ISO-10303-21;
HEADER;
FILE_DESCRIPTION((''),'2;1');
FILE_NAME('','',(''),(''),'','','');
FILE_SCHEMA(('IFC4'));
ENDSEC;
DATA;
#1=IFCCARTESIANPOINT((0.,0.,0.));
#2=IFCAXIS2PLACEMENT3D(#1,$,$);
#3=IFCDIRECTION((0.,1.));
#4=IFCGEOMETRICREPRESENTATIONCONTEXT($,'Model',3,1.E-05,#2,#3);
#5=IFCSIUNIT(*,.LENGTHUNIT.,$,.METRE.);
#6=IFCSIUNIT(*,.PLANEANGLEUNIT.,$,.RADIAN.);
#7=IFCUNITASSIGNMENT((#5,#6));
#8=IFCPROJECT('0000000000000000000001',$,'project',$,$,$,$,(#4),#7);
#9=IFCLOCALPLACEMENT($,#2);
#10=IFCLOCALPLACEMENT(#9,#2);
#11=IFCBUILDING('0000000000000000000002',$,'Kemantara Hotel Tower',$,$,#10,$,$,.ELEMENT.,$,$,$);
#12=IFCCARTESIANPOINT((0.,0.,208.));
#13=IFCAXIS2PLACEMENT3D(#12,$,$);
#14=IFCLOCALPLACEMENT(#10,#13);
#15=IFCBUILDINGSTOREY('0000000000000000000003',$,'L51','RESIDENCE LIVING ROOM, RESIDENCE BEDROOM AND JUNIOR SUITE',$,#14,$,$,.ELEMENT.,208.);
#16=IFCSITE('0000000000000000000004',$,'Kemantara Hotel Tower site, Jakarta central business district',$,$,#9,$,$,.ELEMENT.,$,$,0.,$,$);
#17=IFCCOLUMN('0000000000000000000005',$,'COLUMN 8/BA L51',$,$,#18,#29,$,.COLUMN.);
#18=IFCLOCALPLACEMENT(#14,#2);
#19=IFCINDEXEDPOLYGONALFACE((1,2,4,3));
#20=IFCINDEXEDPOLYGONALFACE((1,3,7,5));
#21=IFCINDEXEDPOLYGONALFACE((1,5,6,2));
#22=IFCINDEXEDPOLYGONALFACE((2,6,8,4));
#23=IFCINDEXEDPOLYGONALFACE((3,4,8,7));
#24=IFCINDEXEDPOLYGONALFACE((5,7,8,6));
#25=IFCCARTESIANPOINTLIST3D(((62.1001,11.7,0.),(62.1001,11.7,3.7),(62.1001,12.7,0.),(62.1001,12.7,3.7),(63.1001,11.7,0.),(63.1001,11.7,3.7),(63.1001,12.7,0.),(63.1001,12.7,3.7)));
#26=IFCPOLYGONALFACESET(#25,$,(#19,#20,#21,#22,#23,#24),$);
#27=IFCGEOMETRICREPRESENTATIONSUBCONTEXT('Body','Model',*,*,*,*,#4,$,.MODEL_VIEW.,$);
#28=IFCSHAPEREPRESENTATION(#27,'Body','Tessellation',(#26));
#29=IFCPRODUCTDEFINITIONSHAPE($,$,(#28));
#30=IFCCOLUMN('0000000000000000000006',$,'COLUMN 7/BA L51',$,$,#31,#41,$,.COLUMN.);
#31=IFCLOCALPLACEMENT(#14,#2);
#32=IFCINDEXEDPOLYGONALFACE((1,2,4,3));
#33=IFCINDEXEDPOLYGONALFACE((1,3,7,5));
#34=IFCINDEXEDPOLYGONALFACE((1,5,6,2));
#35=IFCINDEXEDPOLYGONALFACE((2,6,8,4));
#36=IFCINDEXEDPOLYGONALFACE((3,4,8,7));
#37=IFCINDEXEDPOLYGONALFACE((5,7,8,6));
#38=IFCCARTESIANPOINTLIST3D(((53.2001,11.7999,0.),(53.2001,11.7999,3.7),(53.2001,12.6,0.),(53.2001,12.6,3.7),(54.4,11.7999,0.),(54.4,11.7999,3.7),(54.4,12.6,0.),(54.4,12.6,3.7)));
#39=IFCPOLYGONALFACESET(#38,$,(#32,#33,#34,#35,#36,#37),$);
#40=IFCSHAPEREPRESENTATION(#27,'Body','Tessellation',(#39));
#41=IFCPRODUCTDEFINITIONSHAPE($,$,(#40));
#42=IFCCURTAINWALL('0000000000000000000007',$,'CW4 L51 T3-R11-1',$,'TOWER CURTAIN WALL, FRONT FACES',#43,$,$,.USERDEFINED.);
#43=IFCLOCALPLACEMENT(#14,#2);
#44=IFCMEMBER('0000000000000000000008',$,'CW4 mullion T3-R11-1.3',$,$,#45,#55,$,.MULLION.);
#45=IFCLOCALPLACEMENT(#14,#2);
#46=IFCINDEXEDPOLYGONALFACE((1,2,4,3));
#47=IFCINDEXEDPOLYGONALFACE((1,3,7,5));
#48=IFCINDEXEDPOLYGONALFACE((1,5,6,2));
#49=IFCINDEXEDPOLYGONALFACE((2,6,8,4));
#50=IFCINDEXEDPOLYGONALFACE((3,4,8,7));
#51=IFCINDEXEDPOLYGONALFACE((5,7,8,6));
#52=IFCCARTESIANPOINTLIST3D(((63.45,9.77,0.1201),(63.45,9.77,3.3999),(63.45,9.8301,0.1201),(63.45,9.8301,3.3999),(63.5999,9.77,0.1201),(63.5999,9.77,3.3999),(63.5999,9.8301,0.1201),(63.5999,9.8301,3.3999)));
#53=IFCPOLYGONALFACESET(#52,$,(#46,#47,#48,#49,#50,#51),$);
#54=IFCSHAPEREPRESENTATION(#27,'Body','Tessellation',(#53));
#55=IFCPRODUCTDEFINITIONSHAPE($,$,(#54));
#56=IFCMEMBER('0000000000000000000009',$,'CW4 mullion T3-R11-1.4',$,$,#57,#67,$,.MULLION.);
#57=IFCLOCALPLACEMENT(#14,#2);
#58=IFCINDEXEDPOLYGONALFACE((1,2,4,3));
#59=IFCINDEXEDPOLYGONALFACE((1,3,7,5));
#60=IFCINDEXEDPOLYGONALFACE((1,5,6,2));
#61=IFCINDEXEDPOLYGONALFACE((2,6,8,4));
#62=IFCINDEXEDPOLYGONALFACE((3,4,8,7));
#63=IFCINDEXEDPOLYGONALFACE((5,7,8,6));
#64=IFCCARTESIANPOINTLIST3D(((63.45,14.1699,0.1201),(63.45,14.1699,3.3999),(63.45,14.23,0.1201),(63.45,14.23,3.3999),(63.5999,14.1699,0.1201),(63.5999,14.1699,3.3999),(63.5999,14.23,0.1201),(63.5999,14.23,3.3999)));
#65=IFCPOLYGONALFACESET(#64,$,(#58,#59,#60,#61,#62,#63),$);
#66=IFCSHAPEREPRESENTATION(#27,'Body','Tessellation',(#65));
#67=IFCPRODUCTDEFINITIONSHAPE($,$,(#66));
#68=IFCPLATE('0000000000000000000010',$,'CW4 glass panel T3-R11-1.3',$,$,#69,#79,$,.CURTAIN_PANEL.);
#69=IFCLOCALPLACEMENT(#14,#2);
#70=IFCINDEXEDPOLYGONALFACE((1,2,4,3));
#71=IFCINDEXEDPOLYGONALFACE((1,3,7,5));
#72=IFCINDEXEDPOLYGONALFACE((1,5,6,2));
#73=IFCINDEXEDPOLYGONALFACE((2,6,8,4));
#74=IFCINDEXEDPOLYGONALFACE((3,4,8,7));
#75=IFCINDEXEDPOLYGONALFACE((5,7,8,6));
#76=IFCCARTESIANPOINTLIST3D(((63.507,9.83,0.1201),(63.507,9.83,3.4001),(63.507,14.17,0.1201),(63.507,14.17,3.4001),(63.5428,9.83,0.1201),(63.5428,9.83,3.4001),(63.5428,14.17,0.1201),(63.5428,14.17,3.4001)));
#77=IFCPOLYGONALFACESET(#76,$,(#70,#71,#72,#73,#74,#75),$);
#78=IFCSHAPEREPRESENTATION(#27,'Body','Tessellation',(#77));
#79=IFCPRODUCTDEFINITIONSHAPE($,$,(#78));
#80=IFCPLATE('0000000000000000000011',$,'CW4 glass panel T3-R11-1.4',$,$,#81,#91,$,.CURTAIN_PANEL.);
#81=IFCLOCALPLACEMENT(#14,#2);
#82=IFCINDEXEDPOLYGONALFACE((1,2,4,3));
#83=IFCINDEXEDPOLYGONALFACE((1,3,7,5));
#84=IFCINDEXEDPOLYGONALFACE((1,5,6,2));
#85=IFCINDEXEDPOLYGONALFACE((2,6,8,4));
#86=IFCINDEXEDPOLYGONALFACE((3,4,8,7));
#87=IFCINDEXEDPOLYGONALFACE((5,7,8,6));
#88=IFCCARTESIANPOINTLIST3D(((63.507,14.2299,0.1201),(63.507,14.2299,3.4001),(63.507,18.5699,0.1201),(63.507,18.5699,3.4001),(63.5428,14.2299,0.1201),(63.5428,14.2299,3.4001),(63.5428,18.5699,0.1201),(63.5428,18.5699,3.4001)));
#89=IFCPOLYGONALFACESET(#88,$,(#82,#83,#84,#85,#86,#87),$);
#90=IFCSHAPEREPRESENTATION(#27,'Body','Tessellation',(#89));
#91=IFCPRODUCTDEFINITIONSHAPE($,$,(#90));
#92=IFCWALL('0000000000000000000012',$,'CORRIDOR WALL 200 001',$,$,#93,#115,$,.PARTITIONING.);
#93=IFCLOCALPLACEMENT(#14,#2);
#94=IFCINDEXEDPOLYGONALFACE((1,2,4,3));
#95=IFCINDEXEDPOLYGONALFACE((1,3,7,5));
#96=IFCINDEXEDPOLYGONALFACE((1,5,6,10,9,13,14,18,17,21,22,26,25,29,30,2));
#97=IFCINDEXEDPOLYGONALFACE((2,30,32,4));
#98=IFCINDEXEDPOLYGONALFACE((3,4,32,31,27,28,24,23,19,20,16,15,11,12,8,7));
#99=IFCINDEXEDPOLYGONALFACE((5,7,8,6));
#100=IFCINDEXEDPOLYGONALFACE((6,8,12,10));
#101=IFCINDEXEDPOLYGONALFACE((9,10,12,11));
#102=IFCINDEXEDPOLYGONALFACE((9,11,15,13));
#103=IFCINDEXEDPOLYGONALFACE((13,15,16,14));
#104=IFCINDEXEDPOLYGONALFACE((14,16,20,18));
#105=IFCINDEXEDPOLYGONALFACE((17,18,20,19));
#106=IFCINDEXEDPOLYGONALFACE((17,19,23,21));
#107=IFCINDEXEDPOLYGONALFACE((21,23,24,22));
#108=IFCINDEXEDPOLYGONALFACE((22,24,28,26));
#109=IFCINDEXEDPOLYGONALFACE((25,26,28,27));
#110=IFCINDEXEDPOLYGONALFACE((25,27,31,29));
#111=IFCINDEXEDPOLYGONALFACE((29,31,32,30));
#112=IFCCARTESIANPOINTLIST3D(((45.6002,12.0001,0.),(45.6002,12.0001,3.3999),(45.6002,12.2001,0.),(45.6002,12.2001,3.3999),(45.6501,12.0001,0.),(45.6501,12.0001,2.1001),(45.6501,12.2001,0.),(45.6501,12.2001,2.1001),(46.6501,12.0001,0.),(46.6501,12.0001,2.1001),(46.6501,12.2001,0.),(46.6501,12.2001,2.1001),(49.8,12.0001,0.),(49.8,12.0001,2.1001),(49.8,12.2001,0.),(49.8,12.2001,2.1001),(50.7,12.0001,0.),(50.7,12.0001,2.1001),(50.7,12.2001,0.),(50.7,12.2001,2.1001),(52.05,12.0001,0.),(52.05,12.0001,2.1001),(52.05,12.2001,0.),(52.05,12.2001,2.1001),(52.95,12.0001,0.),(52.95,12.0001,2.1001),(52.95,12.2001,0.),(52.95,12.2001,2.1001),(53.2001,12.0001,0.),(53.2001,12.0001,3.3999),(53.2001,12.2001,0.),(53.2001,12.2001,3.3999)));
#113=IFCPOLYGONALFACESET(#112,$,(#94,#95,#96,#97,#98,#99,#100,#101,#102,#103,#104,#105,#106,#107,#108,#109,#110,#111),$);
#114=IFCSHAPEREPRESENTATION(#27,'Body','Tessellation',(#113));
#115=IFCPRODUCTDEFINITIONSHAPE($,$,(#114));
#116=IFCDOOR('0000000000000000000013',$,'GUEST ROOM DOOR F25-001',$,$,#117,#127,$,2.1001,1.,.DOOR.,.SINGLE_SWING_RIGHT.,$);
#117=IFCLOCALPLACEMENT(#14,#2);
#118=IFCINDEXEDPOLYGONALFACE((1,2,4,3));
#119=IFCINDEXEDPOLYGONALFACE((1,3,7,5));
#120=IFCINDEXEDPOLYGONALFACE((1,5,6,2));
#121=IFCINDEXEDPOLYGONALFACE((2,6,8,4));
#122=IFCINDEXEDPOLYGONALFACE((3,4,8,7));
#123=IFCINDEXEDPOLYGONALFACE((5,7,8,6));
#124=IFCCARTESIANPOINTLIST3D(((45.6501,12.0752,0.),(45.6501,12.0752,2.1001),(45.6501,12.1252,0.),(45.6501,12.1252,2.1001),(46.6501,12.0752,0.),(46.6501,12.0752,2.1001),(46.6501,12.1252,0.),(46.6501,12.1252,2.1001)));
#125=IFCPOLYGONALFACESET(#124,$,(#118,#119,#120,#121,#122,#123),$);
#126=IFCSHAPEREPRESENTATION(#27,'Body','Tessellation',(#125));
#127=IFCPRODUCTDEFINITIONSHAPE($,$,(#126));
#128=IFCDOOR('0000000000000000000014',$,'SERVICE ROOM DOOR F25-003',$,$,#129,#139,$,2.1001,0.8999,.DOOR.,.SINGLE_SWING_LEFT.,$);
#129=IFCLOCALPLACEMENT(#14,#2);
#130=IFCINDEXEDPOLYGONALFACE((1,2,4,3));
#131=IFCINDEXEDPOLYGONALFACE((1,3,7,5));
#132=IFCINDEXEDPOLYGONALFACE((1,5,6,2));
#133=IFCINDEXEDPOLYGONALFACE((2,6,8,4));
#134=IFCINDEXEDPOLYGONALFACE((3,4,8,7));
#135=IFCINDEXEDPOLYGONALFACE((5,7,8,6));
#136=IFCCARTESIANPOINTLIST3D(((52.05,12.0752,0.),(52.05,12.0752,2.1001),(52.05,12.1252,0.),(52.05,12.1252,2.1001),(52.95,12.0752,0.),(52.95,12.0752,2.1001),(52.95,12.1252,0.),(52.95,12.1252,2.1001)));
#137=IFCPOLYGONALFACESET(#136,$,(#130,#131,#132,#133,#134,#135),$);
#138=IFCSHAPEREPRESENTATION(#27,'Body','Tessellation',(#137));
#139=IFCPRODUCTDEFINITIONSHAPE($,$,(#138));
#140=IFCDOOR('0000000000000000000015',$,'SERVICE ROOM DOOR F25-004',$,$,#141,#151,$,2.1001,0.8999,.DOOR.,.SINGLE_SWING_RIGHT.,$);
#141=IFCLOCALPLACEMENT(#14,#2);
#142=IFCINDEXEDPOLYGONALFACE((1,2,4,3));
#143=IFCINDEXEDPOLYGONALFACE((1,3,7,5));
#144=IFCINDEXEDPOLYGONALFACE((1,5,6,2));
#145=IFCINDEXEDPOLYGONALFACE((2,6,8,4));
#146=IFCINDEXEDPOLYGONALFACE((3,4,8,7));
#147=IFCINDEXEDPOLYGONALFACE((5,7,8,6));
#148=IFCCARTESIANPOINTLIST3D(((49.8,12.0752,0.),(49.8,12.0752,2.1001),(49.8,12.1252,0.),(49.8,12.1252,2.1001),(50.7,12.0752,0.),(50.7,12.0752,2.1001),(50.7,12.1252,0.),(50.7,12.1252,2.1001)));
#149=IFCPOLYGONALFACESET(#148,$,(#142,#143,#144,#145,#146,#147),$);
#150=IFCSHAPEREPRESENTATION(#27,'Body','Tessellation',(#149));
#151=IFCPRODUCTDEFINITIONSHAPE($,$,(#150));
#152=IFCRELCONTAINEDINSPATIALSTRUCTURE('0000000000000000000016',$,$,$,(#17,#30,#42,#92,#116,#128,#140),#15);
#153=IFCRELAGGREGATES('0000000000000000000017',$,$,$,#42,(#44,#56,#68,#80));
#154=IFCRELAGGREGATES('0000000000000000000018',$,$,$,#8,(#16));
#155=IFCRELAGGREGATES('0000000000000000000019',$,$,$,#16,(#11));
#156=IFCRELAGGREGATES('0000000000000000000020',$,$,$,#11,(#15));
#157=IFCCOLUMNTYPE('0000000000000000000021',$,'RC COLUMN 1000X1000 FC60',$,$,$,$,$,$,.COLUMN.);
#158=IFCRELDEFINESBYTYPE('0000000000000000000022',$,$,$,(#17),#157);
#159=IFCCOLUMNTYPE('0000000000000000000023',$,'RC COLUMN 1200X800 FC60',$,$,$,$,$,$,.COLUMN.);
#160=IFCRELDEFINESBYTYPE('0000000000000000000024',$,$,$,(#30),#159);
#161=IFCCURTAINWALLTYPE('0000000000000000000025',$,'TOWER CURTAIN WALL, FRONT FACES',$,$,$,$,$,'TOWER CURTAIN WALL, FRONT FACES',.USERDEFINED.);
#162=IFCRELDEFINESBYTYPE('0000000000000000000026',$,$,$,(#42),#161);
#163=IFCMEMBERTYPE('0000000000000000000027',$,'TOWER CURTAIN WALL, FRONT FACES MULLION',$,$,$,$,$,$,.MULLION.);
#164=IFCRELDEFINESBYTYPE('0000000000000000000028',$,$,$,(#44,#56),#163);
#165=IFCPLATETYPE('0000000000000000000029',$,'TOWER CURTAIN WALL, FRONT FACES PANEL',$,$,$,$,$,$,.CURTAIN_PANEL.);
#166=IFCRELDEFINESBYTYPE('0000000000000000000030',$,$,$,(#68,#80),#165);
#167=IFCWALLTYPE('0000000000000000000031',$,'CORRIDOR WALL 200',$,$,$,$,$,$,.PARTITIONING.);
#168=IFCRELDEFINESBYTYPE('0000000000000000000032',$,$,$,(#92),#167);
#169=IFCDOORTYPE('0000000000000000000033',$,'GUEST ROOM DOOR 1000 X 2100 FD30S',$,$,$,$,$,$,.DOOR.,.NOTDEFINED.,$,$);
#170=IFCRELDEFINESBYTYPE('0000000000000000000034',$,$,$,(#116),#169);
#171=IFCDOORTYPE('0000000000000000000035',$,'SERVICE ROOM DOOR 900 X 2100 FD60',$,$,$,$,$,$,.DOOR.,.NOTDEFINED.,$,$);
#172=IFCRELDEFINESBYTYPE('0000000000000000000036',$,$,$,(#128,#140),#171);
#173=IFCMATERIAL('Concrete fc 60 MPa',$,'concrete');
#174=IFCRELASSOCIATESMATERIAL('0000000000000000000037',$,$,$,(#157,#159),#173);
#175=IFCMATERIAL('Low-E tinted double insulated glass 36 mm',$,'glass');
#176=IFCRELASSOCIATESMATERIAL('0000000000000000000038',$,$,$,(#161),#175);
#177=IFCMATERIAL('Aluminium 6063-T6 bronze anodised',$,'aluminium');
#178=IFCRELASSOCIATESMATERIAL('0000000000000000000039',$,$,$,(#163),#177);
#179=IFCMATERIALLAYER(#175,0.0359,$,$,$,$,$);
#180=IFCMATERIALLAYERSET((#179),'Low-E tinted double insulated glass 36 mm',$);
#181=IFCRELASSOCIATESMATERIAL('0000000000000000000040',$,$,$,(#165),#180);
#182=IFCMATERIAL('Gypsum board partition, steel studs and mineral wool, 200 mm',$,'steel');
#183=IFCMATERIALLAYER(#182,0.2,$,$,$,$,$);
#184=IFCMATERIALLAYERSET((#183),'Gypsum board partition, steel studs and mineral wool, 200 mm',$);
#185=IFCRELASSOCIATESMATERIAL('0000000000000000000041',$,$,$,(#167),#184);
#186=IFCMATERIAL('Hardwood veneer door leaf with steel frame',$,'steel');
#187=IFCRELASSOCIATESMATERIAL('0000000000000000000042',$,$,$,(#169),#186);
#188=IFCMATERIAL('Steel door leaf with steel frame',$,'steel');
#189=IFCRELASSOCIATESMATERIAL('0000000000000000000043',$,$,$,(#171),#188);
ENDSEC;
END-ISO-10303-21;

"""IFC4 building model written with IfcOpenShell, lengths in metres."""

from ifc_helpers import new_model, si_unit, direction, frame, frame_2d, origin, origin_2d, place, context, subcontext, project, spatial, rectangle, extrude, source, transform, mapped, material, layer, layer_set, material_profile, profile_set, type_object, element, fill, aggregate, save


model = new_model("IFC4")

# Units and contexts
model_context = context("Model", 3, precision=1e-05, world=origin(), true_north=direction((0.0, 1.0)))
body_context = subcontext(model_context, "Body", "Model", "MODEL_VIEW")
ifc_project = project(units=[si_unit("LENGTHUNIT", "METRE"), si_unit("PLANEANGLEUNIT", "RADIAN")], contexts=[model_context])

# Site, building, storey
site_placement = place(None, origin())
site = spatial("IfcSite", under=ifc_project, at=site_placement, Name="Kemantara Hotel Tower site, Jakarta central business district", CompositionType="ELEMENT", RefElevation=0.0)
building_placement = place(site_placement, origin())
building = spatial("IfcBuilding", under=site, at=building_placement, Name="Kemantara Hotel Tower", CompositionType="ELEMENT")
storey_placement = place(building_placement, frame((0.0, 0.0, 208.0)))
storey = spatial("IfcBuildingStorey", under=building, at=storey_placement, Name="L51", Description="RESIDENCE LIVING ROOM, RESIDENCE BEDROOM AND JUNIOR SUITE", CompositionType="ELEMENT", Elevation=208.0)

# Columns
ifc_material_1 = material(Name="Concrete fc 60 MPa", Category="concrete")
ifc_material_profile_1 = material_profile(ifc_material_1, rectangle(XDim=1.0, YDim=1.0, at=origin_2d()), Name="RC 1000X1000")
ifc_profile_set_1 = profile_set([ifc_material_profile_1], Name="Concrete fc 60 MPa")
column_type_1 = type_object("IfcColumnType", Name="RC COLUMN 1000X1000 FC60", PredefinedType="COLUMN", material=ifc_profile_set_1)
column_1_placement = place(storey_placement, frame((62.6001, 12.2, 0.0), z_axis=(0.0, 0.0, 1.0), x_axis=(1.0, 0.0, 0.0)))
element("IfcColumn", 1, at=column_1_placement, inside=storey, type_object=column_type_1, Name="COLUMN 8/BA L51", PredefinedType="COLUMN", context=body_context, shape_type="SweptSolid", body=[
    extrude(rectangle(XDim=1.0, YDim=1.0, at=origin_2d()), origin(), (0.0, 0.0, 1.0), 3.7),
])
ifc_material_profile_2 = material_profile(ifc_material_1, rectangle(XDim=1.2, YDim=0.8, at=origin_2d()), Name="RC 1200X800")
ifc_profile_set_2 = profile_set([ifc_material_profile_2], Name="Concrete fc 60 MPa")
column_type_2 = type_object("IfcColumnType", Name="RC COLUMN 1200X800 FC60", PredefinedType="COLUMN", material=ifc_profile_set_2)
column_2_placement = place(storey_placement, frame((53.8, 12.2, 0.0), z_axis=(0.0, 0.0, 1.0), x_axis=(1.0, 0.0, 0.0)))
element("IfcColumn", 2, at=column_2_placement, inside=storey, type_object=column_type_2, Name="COLUMN 7/BA L51", PredefinedType="COLUMN", context=body_context, shape_type="SweptSolid", body=[
    extrude(rectangle(XDim=1.2, YDim=0.8, at=origin_2d()), origin(), (0.0, 0.0, 1.0), 3.7),
])

# Curtain wall, members, plates
ifc_material_2 = material(Name="Low-E tinted double insulated glass 36 mm", Category="glass")
curtain_wall_type = type_object("IfcCurtainWallType", Name="TOWER CURTAIN WALL, FRONT FACES", ElementType="TOWER CURTAIN WALL, FRONT FACES", PredefinedType="USERDEFINED", material=ifc_material_2)
curtain_wall_placement = place(storey_placement, origin())
curtain_wall = element("IfcCurtainWall", 3, at=curtain_wall_placement, inside=storey, type_object=curtain_wall_type, Name="CW4 L51 T3-R11-1", ObjectType="TOWER CURTAIN WALL, FRONT FACES", PredefinedType="USERDEFINED")
ifc_material_3 = material(Name="Aluminium 6063-T6 bronze anodised", Category="aluminium")
ifc_material_profile_3 = material_profile(ifc_material_3, rectangle(XDim=0.1499, YDim=0.0601, at=origin_2d()), Name="TOWER CURTAIN WALL, FRONT FACES MULLION")
ifc_profile_set_3 = profile_set([ifc_material_profile_3], Name="Aluminium 6063-T6 bronze anodised")
member_type = type_object("IfcMemberType", Name="TOWER CURTAIN WALL, FRONT FACES MULLION", PredefinedType="MULLION", material=ifc_profile_set_3)
shared_shape_1 = source(origin(), body_context, "Body", "SweptSolid", [
    extrude(rectangle(XDim=0.1499, YDim=0.0601, at=origin_2d()), origin(), (0.0, 0.0, 1.0), 3.2798),
])
member_1_placement = place(storey_placement, frame((63.5249, 9.8, 0.1201), z_axis=(0.0, 0.0, 1.0), x_axis=(-1.0, 0.0, 0.0)))
member_1 = element("IfcMember", 4, at=member_1_placement, type_object=member_type, Name="CW4 mullion T3-R11-1.3", PredefinedType="MULLION", context=body_context, shape_type="MappedRepresentation", body=[
    mapped(shared_shape_1, transform((0.0, 0.0, 0.0))),
])
member_2_placement = place(storey_placement, frame((63.5249, 14.2, 0.1201), z_axis=(0.0, 0.0, 1.0), x_axis=(-1.0, 0.0, 0.0)))
member_2 = element("IfcMember", 5, at=member_2_placement, type_object=member_type, Name="CW4 mullion T3-R11-1.4", PredefinedType="MULLION", context=body_context, shape_type="MappedRepresentation", body=[
    mapped(shared_shape_1, transform((0.0, 0.0, 0.0))),
])
ifc_layer_1 = layer(ifc_material_2, 0.0359)
ifc_layer_set_1 = layer_set([ifc_layer_1], Name="Low-E tinted double insulated glass 36 mm")
plate_type = type_object("IfcPlateType", Name="TOWER CURTAIN WALL, FRONT FACES PANEL", PredefinedType="CURTAIN_PANEL", material=ifc_layer_set_1)
shared_shape_2 = source(origin(), body_context, "Body", "SweptSolid", [
    extrude(rectangle(XDim=4.3401, YDim=0.0359, at=origin_2d()), origin(), (0.0, 0.0, 1.0), 3.28),
])
plate_1_placement = place(storey_placement, frame((63.5249, 12.0, 0.1201), z_axis=(0.0, 0.0, 1.0), x_axis=(0.0, 1.0, 0.0)))
plate_1 = element("IfcPlate", 6, at=plate_1_placement, type_object=plate_type, Name="CW4 glass panel T3-R11-1.3", PredefinedType="CURTAIN_PANEL", context=body_context, shape_type="MappedRepresentation", body=[
    mapped(shared_shape_2, transform((0.0, 0.0, 0.0))),
])
plate_2_placement = place(storey_placement, frame((63.5249, 16.3999, 0.1201), z_axis=(0.0, 0.0, 1.0), x_axis=(0.0, 1.0, 0.0)))
plate_2 = element("IfcPlate", 7, at=plate_2_placement, type_object=plate_type, Name="CW4 glass panel T3-R11-1.4", PredefinedType="CURTAIN_PANEL", context=body_context, shape_type="MappedRepresentation", body=[
    mapped(shared_shape_2, transform((0.0, 0.0, 0.0))),
])
aggregate(curtain_wall, [member_1, member_2, plate_1, plate_2])

# Wall, openings, doors
ifc_material_4 = material(Name="Gypsum board partition, steel studs and mineral wool, 200 mm", Category="steel")
ifc_layer_2 = layer(ifc_material_4, 0.2)
ifc_layer_set_2 = layer_set([ifc_layer_2], Name="Gypsum board partition, steel studs and mineral wool, 200 mm")
wall_type_1 = type_object("IfcWallType", Name="CORRIDOR WALL 200", PredefinedType="PARTITIONING", material=ifc_layer_set_2)
wall_1_placement = place(storey_placement, frame((53.2, 12.1001, 0.0), z_axis=(0.0, 0.0, 1.0), x_axis=(-1.0, 0.0, 0.0)))
wall_1 = element("IfcWall", 8, at=wall_1_placement, inside=storey, type_object=wall_type_1, Name="CORRIDOR WALL 200 001", PredefinedType="PARTITIONING", context=body_context, shape_type="SweptSolid", body=[
    extrude(rectangle(XDim=7.5999, YDim=0.2, at=frame_2d((3.7998, 0.0))), origin(), (0.0, 0.0, 1.0), 3.3999),
])
opening_1_placement = place(wall_1_placement, frame((6.5498, 0.0, 0.0)))
opening_1 = element("IfcOpeningElement", 9, at=opening_1_placement, cuts=wall_1, PredefinedType="OPENING", context=body_context, shape_type="SweptSolid", body=[
    extrude(rectangle(XDim=1.0, YDim=2.1001, at=frame_2d((0.5, 1.05))), frame((0.0, 0.1099, 0.0), z_axis=(0.0, -1.0, 0.0), x_axis=(1.0, 0.0, 0.0)), (0.0, 0.0, 1.0), 0.22),
])
opening_2_placement = place(wall_1_placement, frame((0.25, 0.0, 0.0)))
opening_2 = element("IfcOpeningElement", 10, at=opening_2_placement, cuts=wall_1, PredefinedType="OPENING", context=body_context, shape_type="SweptSolid", body=[
    extrude(rectangle(XDim=0.8999, YDim=2.1001, at=frame_2d((0.45, 1.05))), frame((0.0, 0.1099, 0.0), z_axis=(0.0, -1.0, 0.0), x_axis=(1.0, 0.0, 0.0)), (0.0, 0.0, 1.0), 0.22),
])
opening_3_placement = place(wall_1_placement, frame((2.5, 0.0, 0.0)))
opening_3 = element("IfcOpeningElement", 11, at=opening_3_placement, cuts=wall_1, PredefinedType="OPENING", context=body_context, shape_type="SweptSolid", body=[
    extrude(rectangle(XDim=0.8999, YDim=2.1001, at=frame_2d((0.45, 1.05))), frame((0.0, 0.1099, 0.0), z_axis=(0.0, -1.0, 0.0), x_axis=(1.0, 0.0, 0.0)), (0.0, 0.0, 1.0), 0.22),
])
ifc_material_5 = material(Name="Hardwood veneer door leaf with steel frame", Category="steel")
door_type_1 = type_object("IfcDoorType", Name="GUEST ROOM DOOR 1000 X 2100 FD30S", OperationType="NOTDEFINED", PredefinedType="DOOR", material=ifc_material_5)
door_1_placement = place(opening_1_placement, origin())
door_1 = element("IfcDoor", 12, at=door_1_placement, inside=storey, type_object=door_type_1, Name="GUEST ROOM DOOR F25-001", OperationType="SINGLE_SWING_RIGHT", OverallHeight=2.1001, OverallWidth=1.0, PredefinedType="DOOR", context=body_context, shape_type="SweptSolid", body=[
    extrude(rectangle(XDim=1.0, YDim=2.1001, at=frame_2d((0.5, 1.05))), frame((0.0, 0.0249, 0.0), z_axis=(0.0, -1.0, 0.0), x_axis=(1.0, 0.0, 0.0)), (0.0, 0.0, 1.0), 0.05),
])
fill(opening_1, door_1)
ifc_material_6 = material(Name="Steel door leaf with steel frame", Category="steel")
door_type_2 = type_object("IfcDoorType", Name="SERVICE ROOM DOOR 900 X 2100 FD60", OperationType="NOTDEFINED", PredefinedType="DOOR", material=ifc_material_6)
door_2_placement = place(opening_2_placement, origin())
door_2 = element("IfcDoor", 13, at=door_2_placement, inside=storey, type_object=door_type_2, Name="SERVICE ROOM DOOR F25-003", OperationType="SINGLE_SWING_LEFT", OverallHeight=2.1001, OverallWidth=0.8999, PredefinedType="DOOR", context=body_context, shape_type="SweptSolid", body=[
    extrude(rectangle(XDim=0.8999, YDim=2.1001, at=frame_2d((0.45, 1.05))), frame((0.0, 0.0249, 0.0), z_axis=(0.0, -1.0, 0.0), x_axis=(1.0, 0.0, 0.0)), (0.0, 0.0, 1.0), 0.05),
])
fill(opening_2, door_2)
door_3_placement = place(opening_3_placement, origin())
door_3 = element("IfcDoor", 14, at=door_3_placement, inside=storey, type_object=door_type_2, Name="SERVICE ROOM DOOR F25-004", OperationType="SINGLE_SWING_RIGHT", OverallHeight=2.1001, OverallWidth=0.8999, PredefinedType="DOOR", context=body_context, shape_type="SweptSolid", body=[
    extrude(rectangle(XDim=0.8999, YDim=2.1001, at=frame_2d((0.45, 1.05))), frame((0.0, 0.0249, 0.0), z_axis=(0.0, -1.0, 0.0), x_axis=(1.0, 0.0, 0.0)), (0.0, 0.0, 1.0), 0.05),
])
fill(opening_3, door_3)

save(model, "model.ifc")
